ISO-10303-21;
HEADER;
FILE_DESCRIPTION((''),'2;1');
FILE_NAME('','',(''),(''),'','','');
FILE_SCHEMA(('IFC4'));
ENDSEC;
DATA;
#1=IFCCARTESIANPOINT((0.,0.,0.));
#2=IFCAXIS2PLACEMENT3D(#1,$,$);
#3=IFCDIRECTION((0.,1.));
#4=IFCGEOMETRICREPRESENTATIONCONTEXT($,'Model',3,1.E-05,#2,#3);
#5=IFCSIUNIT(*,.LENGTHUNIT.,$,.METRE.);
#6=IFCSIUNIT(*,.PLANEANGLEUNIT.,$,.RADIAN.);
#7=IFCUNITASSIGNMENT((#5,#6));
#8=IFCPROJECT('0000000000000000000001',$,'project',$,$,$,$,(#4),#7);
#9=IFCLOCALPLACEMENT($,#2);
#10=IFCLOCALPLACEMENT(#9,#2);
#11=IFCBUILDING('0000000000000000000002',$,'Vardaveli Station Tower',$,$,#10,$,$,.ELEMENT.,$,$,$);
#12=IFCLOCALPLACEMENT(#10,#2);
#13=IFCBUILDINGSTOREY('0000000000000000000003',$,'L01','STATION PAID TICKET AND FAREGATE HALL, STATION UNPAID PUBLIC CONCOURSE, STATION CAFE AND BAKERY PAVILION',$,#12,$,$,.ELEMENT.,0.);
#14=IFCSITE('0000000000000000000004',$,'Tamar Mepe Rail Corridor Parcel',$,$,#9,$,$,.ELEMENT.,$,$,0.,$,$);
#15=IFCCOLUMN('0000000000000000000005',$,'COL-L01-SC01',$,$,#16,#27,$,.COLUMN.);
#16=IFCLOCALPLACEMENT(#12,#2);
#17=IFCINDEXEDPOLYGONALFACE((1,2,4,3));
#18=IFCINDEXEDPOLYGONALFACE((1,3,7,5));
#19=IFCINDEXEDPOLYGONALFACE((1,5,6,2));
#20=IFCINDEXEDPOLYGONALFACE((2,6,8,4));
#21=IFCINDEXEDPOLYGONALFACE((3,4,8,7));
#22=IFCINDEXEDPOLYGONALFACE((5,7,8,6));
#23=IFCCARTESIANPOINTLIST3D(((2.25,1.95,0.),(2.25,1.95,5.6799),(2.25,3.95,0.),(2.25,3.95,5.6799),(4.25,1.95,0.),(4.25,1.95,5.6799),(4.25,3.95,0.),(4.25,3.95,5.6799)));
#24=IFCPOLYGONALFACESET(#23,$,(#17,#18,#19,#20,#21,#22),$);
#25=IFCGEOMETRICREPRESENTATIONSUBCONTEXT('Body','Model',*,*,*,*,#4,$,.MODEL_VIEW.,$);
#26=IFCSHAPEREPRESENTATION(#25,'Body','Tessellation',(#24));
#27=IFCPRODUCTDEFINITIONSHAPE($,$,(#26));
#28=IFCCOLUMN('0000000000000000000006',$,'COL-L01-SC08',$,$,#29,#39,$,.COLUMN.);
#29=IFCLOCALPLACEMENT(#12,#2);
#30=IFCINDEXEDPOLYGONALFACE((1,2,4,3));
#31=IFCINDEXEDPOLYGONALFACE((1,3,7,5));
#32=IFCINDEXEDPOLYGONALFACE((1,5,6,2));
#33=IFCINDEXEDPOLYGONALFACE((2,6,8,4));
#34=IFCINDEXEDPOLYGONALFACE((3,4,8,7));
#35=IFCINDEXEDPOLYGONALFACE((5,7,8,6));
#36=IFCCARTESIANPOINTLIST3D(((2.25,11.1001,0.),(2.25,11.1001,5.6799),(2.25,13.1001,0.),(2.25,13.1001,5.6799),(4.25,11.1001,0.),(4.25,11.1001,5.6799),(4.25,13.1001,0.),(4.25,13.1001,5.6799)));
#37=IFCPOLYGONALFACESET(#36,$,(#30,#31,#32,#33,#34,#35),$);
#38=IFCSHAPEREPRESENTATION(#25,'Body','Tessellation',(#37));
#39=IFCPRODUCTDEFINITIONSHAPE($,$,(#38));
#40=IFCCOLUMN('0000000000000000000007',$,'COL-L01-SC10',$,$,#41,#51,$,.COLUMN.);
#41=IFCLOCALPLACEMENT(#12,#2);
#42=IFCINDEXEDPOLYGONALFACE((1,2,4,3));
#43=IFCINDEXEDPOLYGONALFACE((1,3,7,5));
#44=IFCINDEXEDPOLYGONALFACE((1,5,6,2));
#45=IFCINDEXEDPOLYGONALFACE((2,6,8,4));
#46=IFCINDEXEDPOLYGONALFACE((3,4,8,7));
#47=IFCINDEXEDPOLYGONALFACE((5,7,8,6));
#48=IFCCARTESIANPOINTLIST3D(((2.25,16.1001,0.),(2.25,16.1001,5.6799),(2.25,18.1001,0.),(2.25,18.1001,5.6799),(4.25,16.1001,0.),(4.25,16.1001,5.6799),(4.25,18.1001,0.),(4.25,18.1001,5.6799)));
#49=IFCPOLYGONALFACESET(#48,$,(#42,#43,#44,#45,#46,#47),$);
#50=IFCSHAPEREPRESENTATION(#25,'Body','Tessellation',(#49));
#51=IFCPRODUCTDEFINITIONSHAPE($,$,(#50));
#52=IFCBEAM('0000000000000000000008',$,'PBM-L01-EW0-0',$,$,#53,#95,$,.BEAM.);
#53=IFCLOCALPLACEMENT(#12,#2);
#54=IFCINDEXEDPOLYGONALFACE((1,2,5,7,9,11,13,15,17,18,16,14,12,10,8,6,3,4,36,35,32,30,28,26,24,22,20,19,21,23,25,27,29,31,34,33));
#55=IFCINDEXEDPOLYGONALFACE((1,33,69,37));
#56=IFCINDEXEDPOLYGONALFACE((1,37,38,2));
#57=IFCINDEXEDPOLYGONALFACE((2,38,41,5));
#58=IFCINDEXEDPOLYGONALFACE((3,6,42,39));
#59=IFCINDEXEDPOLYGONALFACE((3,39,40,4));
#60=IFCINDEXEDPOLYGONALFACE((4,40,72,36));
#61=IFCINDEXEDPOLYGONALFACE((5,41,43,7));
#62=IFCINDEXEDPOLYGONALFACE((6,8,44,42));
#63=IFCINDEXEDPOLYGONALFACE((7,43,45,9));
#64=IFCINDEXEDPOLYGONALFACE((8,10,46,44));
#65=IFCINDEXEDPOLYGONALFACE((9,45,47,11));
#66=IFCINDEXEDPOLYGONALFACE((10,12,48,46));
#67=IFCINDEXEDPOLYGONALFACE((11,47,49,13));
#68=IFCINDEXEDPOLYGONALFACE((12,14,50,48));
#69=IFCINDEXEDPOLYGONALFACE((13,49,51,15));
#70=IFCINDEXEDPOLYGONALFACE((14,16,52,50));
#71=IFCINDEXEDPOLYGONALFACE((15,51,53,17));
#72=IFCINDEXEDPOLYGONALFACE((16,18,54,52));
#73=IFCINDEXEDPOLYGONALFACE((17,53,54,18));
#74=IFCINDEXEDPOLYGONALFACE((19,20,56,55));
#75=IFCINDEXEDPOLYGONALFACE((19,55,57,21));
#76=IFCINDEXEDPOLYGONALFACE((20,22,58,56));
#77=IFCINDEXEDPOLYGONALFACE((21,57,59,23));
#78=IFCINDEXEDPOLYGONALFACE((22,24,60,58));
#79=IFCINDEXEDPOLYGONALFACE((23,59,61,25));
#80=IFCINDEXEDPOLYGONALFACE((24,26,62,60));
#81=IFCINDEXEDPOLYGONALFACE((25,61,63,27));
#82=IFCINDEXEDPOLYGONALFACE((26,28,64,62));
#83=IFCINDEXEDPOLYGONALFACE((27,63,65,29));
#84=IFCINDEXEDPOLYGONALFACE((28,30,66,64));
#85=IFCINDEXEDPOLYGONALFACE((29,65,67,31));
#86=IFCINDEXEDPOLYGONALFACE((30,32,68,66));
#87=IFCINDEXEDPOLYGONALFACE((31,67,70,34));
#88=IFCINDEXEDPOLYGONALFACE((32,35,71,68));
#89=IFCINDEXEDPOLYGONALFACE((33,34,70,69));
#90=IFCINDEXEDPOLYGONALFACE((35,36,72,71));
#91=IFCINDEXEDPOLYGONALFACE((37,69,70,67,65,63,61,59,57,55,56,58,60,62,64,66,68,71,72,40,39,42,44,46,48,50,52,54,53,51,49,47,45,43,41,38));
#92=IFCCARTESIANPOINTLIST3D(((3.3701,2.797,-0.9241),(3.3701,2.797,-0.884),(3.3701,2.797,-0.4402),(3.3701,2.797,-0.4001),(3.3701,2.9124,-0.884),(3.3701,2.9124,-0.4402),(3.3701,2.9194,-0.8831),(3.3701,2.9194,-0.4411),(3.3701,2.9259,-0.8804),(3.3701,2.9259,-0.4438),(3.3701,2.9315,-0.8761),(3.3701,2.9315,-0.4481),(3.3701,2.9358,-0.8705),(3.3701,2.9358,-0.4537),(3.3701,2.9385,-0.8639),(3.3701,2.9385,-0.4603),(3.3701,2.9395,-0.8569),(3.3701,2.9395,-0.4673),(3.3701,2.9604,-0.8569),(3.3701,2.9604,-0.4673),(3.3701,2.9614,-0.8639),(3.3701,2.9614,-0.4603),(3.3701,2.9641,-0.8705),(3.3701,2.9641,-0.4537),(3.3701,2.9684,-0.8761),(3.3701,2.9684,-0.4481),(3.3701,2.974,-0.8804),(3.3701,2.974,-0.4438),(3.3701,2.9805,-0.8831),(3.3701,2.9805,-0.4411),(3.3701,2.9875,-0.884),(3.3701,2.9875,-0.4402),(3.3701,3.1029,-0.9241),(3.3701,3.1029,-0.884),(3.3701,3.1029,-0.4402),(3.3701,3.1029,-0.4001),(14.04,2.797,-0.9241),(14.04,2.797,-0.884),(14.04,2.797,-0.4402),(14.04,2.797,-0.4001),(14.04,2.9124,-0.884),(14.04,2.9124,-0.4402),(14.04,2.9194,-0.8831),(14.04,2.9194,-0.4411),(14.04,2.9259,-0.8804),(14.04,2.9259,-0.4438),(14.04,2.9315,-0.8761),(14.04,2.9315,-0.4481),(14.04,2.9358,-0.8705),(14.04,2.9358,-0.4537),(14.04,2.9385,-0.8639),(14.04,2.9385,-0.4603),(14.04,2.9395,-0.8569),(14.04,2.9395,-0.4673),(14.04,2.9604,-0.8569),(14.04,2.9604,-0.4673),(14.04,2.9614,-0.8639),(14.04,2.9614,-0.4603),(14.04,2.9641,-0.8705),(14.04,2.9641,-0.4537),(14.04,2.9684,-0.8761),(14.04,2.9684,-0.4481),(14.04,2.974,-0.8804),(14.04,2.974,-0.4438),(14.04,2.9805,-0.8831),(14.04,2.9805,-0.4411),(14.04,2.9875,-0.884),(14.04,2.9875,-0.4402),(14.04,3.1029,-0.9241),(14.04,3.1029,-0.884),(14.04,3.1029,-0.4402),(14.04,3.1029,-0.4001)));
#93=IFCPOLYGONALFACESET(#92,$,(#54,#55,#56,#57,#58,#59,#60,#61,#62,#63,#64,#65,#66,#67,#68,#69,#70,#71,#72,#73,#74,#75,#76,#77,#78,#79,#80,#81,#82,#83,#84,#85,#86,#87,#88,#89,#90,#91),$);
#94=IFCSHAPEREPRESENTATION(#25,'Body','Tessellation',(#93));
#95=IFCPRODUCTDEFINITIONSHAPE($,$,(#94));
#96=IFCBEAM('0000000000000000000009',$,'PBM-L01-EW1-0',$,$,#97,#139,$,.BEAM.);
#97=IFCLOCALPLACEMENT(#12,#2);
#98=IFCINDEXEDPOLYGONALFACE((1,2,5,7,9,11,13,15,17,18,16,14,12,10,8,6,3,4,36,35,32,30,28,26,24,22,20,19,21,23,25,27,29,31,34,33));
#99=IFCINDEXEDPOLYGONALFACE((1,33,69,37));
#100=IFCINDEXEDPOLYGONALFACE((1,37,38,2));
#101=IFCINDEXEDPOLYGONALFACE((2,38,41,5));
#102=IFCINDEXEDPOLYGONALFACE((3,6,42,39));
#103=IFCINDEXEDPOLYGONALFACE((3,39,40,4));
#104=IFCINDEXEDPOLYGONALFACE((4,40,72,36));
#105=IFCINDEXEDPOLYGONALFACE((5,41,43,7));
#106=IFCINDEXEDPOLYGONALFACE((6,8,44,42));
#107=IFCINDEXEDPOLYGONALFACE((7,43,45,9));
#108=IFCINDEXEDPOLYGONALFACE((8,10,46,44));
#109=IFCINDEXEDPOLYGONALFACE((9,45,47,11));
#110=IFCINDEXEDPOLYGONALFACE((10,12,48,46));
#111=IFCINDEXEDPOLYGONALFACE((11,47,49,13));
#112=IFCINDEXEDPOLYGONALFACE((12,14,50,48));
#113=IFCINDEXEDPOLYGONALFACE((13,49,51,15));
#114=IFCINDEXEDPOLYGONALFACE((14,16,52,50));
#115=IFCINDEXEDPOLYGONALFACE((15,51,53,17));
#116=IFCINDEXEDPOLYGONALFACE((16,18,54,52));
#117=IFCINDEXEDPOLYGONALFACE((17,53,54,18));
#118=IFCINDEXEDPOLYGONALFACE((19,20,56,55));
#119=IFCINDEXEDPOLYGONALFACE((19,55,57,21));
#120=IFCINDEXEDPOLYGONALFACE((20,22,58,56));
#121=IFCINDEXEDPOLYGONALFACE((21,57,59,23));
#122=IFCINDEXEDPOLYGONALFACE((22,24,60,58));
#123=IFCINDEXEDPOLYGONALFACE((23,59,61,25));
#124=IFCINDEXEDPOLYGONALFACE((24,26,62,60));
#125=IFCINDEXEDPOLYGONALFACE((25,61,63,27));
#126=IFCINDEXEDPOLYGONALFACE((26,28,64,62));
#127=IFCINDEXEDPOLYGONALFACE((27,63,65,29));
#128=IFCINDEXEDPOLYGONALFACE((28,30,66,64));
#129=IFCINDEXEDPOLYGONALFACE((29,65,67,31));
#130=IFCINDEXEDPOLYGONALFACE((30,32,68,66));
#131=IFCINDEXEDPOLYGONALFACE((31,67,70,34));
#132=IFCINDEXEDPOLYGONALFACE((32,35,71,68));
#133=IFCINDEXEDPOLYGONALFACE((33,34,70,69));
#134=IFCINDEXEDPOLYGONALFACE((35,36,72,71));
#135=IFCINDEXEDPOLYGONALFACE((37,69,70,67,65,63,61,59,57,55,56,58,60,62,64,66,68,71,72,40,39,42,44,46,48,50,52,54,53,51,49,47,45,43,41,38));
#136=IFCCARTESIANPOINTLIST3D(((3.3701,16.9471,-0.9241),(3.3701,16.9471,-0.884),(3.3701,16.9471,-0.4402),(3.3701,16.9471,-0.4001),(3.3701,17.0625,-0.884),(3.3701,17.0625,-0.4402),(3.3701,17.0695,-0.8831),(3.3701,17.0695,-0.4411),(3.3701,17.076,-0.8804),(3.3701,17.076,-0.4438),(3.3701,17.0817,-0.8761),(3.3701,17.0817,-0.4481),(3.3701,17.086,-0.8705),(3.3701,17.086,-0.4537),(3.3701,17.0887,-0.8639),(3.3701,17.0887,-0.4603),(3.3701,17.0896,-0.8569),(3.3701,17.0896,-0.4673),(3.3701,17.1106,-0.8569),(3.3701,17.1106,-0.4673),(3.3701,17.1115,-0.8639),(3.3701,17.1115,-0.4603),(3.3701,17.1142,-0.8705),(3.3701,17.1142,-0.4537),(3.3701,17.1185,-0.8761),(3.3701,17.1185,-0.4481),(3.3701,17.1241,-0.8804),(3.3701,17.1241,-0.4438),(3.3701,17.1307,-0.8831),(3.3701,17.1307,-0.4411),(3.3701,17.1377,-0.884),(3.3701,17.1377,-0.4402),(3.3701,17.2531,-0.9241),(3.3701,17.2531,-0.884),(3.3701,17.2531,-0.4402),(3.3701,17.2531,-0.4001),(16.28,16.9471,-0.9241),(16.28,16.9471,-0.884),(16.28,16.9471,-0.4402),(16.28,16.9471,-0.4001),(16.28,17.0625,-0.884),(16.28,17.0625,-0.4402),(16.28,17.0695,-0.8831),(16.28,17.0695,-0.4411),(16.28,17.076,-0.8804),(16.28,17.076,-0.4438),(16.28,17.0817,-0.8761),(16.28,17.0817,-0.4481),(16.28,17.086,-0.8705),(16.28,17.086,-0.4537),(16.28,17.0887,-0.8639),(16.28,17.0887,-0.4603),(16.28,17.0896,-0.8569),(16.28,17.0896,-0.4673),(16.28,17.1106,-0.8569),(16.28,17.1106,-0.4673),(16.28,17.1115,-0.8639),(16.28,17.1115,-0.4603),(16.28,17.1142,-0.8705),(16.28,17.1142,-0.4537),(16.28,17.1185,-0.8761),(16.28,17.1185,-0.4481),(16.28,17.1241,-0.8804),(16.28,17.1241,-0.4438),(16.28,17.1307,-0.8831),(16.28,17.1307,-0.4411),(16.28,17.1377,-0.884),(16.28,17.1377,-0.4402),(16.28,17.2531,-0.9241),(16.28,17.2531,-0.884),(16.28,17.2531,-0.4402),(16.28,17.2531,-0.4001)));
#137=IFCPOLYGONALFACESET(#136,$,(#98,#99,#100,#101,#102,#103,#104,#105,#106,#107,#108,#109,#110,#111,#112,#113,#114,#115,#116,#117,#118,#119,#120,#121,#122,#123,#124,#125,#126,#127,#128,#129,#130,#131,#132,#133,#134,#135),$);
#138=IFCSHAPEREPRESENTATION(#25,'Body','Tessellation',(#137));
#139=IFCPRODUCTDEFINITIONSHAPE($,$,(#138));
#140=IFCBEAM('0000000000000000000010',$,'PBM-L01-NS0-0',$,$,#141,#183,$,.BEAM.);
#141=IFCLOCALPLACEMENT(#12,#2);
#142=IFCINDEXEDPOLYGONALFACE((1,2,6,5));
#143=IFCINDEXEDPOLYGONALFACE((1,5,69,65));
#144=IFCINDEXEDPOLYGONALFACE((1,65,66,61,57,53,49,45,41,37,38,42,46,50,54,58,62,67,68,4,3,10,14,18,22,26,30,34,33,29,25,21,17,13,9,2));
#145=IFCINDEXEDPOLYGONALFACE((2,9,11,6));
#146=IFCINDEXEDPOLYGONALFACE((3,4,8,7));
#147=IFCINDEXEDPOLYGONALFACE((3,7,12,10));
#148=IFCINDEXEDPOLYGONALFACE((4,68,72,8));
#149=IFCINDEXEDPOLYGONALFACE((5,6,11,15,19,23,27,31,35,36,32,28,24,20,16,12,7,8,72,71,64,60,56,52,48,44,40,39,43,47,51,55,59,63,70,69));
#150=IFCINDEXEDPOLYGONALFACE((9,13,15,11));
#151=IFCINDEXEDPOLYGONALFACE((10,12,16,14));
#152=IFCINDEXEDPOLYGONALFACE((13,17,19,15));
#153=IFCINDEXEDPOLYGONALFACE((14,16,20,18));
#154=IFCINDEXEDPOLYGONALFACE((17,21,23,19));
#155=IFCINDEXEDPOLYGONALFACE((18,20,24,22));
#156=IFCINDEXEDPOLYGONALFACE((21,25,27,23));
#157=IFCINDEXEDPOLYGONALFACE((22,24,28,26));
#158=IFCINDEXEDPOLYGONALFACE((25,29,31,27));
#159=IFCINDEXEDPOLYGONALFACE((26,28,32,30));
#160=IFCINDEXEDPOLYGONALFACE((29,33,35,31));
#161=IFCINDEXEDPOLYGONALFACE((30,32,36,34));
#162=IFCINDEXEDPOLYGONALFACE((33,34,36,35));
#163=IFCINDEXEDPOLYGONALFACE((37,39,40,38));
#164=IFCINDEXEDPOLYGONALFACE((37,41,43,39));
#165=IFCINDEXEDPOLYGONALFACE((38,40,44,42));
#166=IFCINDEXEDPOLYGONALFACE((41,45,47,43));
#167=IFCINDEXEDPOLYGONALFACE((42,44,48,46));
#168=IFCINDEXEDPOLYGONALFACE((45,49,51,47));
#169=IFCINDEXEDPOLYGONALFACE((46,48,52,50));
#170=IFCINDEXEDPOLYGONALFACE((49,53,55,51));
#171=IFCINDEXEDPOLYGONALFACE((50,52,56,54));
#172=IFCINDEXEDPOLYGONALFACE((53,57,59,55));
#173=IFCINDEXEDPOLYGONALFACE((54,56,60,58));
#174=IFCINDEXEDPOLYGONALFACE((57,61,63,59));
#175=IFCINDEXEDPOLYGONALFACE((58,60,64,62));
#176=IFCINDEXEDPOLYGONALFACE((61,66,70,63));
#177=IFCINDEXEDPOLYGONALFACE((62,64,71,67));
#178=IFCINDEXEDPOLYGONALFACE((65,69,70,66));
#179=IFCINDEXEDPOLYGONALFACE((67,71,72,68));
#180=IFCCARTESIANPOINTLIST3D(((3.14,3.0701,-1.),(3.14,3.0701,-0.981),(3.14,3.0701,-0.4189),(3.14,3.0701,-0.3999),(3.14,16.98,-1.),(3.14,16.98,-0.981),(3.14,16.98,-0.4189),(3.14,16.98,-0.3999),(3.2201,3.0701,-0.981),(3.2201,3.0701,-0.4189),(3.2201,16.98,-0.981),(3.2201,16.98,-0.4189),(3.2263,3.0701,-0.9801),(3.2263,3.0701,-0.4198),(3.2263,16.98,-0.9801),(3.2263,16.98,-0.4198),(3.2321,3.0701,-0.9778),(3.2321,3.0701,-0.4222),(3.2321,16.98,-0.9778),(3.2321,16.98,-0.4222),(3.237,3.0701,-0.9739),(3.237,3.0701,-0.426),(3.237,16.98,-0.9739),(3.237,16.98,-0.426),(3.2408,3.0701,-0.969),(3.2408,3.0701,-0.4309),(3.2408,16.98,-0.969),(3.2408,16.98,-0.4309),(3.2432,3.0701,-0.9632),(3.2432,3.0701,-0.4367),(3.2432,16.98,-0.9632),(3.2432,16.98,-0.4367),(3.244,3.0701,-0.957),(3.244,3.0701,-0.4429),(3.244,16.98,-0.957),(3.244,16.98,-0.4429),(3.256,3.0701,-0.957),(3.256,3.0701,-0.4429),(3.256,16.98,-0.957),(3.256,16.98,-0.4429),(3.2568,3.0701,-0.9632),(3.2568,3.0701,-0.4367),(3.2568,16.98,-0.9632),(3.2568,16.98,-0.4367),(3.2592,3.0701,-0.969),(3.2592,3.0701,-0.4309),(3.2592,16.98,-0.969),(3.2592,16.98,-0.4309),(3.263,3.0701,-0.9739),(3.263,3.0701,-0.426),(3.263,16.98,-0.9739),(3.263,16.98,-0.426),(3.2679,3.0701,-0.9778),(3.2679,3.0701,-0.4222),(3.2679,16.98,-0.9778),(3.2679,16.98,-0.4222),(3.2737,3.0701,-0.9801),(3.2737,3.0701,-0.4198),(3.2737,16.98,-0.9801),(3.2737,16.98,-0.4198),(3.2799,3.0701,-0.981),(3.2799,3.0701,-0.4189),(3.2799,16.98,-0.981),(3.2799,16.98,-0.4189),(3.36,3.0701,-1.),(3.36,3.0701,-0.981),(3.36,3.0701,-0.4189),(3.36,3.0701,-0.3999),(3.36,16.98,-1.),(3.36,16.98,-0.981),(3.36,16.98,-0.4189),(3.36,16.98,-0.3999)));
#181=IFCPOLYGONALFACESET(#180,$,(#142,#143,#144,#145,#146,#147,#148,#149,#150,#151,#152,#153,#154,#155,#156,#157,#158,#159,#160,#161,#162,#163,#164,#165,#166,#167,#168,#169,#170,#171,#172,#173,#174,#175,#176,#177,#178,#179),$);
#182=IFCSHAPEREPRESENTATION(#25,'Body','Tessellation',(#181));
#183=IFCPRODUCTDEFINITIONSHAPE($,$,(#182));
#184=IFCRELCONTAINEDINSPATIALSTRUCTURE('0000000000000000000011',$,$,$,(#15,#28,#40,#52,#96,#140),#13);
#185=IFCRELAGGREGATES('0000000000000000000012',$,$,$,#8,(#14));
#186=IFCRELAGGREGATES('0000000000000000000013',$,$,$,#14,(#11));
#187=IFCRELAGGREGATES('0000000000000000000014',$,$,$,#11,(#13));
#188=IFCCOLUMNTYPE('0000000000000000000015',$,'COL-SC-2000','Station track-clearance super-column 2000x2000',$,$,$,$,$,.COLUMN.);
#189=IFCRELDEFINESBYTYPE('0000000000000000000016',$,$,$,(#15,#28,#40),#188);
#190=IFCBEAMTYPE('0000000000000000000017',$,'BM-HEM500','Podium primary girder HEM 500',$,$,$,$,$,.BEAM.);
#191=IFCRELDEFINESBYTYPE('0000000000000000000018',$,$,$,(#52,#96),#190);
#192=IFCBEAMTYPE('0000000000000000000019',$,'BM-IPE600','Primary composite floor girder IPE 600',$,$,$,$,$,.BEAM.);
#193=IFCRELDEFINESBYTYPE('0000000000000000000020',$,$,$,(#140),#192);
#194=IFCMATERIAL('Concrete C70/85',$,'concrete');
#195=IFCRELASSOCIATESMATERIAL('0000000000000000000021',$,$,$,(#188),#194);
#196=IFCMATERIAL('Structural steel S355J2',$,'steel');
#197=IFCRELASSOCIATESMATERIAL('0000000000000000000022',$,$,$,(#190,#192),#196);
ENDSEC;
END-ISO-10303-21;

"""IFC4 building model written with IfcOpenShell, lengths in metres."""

from ifc_helpers import new_model, si_unit, direction, frame, origin, origin_2d, place, context, subcontext, project, spatial, rectangle, i_section, extrude, source, transform, mapped, material, material_profile, profile_set, type_object, element, save


model = new_model("IFC4")

# Units and contexts
model_context = context("Model", 3, precision=1e-05, world=origin(), true_north=direction((0.0, 1.0)))
body_context = subcontext(model_context, "Body", "Model", "MODEL_VIEW")
ifc_project = project(units=[si_unit("LENGTHUNIT", "METRE"), si_unit("PLANEANGLEUNIT", "RADIAN")], contexts=[model_context])

# Site, building, storey
site_placement = place(None, origin())
site = spatial("IfcSite", under=ifc_project, at=site_placement, Name="Tamar Mepe Rail Corridor Parcel", CompositionType="ELEMENT", RefElevation=0.0)
building_placement = place(site_placement, origin())
building = spatial("IfcBuilding", under=site, at=building_placement, Name="Vardaveli Station Tower", CompositionType="ELEMENT")
storey_placement = place(building_placement, origin())
storey = spatial("IfcBuildingStorey", under=building, at=storey_placement, Name="L01", Description="STATION PAID TICKET AND FAREGATE HALL, STATION UNPAID PUBLIC CONCOURSE, STATION CAFE AND BAKERY PAVILION", CompositionType="ELEMENT", Elevation=0.0)

# Columns
ifc_material_1 = material(Name="Concrete C70/85", Category="concrete")
ifc_material_profile_1 = material_profile(ifc_material_1, rectangle(XDim=2.0, YDim=2.0, at=origin_2d()), Name="SC 2000x2000")
ifc_profile_set_1 = profile_set([ifc_material_profile_1], Name="Concrete C70/85")
column_type = type_object("IfcColumnType", Name="COL-SC-2000", Description="Station track-clearance super-column 2000x2000", PredefinedType="COLUMN", material=ifc_profile_set_1)
shared_shape_1 = source(origin(), body_context, "Body", "SweptSolid", [
    extrude(rectangle(XDim=2.0, YDim=2.0, at=origin_2d()), origin(), (0.0, 0.0, 1.0), 5.6799),
])
for number, where, z_axis, x_axis, name in (
    (1, (3.25, 2.95, 0.0), (0.0, 0.0, 1.0), (1.0, 0.0, 0.0), "COL-L01-SC01"),
    (2, (3.25, 12.1001, 0.0), (0.0, 0.0, 1.0), (1.0, 0.0, 0.0), "COL-L01-SC08"),
    (3, (3.25, 17.1001, 0.0), (0.0, 0.0, 1.0), (1.0, 0.0, 0.0), "COL-L01-SC10"),
):
    element("IfcColumn", number, at=place(storey_placement, frame(where, z_axis=z_axis, x_axis=x_axis)), inside=storey, type_object=column_type, Name=name, PredefinedType="COLUMN", context=body_context, shape_type="MappedRepresentation", body=[
        mapped(shared_shape_1, transform((0.0, 0.0, 0.0), scale=1.0)),
    ])

# Beams
ifc_material_2 = material(Name="Structural steel S355J2", Category="steel")
ifc_material_profile_2 = material_profile(ifc_material_2, i_section(OverallWidth=0.3059, OverallDepth=0.5239, WebThickness=0.021, FlangeThickness=0.04, FilletRadius=0.0271, at=origin_2d()), Name="HEM 500")
ifc_profile_set_2 = profile_set([ifc_material_profile_2], Name="Structural steel S355J2")
beam_type_1 = type_object("IfcBeamType", Name="BM-HEM500", Description="Podium primary girder HEM 500", PredefinedType="BEAM", material=ifc_profile_set_2)
shared_shape_2 = source(origin(), body_context, "Body", "SweptSolid", [
    extrude(i_section(OverallWidth=0.3059, OverallDepth=0.5239, WebThickness=0.021, FlangeThickness=0.04, FilletRadius=0.0271, at=origin_2d()), origin(), (0.0, 0.0, 1.0), 10.6699),
])
beam_1_placement = place(storey_placement, frame((3.3701, 2.95, -0.6621), z_axis=(1.0, 0.0, 0.0), x_axis=(0.0, 1.0, 0.0)))
element("IfcBeam", 4, at=beam_1_placement, inside=storey, type_object=beam_type_1, Name="PBM-L01-EW0-0", PredefinedType="BEAM", context=body_context, shape_type="MappedRepresentation", body=[
    mapped(shared_shape_2, transform((0.0, 0.0, 0.0), scale=1.0)),
])
shared_shape_3 = source(origin(), body_context, "Body", "SweptSolid", [
    extrude(i_section(OverallWidth=0.3059, OverallDepth=0.5239, WebThickness=0.021, FlangeThickness=0.04, FilletRadius=0.0271, at=origin_2d()), origin(), (0.0, 0.0, 1.0), 12.9099),
])
beam_2_placement = place(storey_placement, frame((3.3701, 17.1001, -0.6621), z_axis=(1.0, 0.0, 0.0), x_axis=(0.0, 1.0, 0.0)))
element("IfcBeam", 5, at=beam_2_placement, inside=storey, type_object=beam_type_1, Name="PBM-L01-EW1-0", PredefinedType="BEAM", context=body_context, shape_type="MappedRepresentation", body=[
    mapped(shared_shape_3, transform((0.0, 0.0, 0.0), scale=1.0)),
])
ifc_material_profile_3 = material_profile(ifc_material_2, i_section(OverallWidth=0.22, OverallDepth=0.6001, WebThickness=0.012, FlangeThickness=0.019, FilletRadius=0.0239, at=origin_2d()), Name="IPE 600")
ifc_profile_set_3 = profile_set([ifc_material_profile_3], Name="Structural steel S355J2")
beam_type_2 = type_object("IfcBeamType", Name="BM-IPE600", Description="Primary composite floor girder IPE 600", PredefinedType="BEAM", material=ifc_profile_set_3)
shared_shape_4 = source(origin(), body_context, "Body", "SweptSolid", [
    extrude(i_section(OverallWidth=0.22, OverallDepth=0.6001, WebThickness=0.012, FlangeThickness=0.019, FilletRadius=0.0239, at=origin_2d()), origin(), (0.0, 0.0, 1.0), 13.9099),
])
beam_3_placement = place(storey_placement, frame((3.25, 3.0701, -0.7), z_axis=(0.0, 1.0, 0.0), x_axis=(-1.0, 0.0, 0.0)))
element("IfcBeam", 6, at=beam_3_placement, inside=storey, type_object=beam_type_2, Name="PBM-L01-NS0-0", PredefinedType="BEAM", context=body_context, shape_type="MappedRepresentation", body=[
    mapped(shared_shape_4, transform((0.0, 0.0, 0.0), scale=1.0)),
])

save(model, "model.ifc")
